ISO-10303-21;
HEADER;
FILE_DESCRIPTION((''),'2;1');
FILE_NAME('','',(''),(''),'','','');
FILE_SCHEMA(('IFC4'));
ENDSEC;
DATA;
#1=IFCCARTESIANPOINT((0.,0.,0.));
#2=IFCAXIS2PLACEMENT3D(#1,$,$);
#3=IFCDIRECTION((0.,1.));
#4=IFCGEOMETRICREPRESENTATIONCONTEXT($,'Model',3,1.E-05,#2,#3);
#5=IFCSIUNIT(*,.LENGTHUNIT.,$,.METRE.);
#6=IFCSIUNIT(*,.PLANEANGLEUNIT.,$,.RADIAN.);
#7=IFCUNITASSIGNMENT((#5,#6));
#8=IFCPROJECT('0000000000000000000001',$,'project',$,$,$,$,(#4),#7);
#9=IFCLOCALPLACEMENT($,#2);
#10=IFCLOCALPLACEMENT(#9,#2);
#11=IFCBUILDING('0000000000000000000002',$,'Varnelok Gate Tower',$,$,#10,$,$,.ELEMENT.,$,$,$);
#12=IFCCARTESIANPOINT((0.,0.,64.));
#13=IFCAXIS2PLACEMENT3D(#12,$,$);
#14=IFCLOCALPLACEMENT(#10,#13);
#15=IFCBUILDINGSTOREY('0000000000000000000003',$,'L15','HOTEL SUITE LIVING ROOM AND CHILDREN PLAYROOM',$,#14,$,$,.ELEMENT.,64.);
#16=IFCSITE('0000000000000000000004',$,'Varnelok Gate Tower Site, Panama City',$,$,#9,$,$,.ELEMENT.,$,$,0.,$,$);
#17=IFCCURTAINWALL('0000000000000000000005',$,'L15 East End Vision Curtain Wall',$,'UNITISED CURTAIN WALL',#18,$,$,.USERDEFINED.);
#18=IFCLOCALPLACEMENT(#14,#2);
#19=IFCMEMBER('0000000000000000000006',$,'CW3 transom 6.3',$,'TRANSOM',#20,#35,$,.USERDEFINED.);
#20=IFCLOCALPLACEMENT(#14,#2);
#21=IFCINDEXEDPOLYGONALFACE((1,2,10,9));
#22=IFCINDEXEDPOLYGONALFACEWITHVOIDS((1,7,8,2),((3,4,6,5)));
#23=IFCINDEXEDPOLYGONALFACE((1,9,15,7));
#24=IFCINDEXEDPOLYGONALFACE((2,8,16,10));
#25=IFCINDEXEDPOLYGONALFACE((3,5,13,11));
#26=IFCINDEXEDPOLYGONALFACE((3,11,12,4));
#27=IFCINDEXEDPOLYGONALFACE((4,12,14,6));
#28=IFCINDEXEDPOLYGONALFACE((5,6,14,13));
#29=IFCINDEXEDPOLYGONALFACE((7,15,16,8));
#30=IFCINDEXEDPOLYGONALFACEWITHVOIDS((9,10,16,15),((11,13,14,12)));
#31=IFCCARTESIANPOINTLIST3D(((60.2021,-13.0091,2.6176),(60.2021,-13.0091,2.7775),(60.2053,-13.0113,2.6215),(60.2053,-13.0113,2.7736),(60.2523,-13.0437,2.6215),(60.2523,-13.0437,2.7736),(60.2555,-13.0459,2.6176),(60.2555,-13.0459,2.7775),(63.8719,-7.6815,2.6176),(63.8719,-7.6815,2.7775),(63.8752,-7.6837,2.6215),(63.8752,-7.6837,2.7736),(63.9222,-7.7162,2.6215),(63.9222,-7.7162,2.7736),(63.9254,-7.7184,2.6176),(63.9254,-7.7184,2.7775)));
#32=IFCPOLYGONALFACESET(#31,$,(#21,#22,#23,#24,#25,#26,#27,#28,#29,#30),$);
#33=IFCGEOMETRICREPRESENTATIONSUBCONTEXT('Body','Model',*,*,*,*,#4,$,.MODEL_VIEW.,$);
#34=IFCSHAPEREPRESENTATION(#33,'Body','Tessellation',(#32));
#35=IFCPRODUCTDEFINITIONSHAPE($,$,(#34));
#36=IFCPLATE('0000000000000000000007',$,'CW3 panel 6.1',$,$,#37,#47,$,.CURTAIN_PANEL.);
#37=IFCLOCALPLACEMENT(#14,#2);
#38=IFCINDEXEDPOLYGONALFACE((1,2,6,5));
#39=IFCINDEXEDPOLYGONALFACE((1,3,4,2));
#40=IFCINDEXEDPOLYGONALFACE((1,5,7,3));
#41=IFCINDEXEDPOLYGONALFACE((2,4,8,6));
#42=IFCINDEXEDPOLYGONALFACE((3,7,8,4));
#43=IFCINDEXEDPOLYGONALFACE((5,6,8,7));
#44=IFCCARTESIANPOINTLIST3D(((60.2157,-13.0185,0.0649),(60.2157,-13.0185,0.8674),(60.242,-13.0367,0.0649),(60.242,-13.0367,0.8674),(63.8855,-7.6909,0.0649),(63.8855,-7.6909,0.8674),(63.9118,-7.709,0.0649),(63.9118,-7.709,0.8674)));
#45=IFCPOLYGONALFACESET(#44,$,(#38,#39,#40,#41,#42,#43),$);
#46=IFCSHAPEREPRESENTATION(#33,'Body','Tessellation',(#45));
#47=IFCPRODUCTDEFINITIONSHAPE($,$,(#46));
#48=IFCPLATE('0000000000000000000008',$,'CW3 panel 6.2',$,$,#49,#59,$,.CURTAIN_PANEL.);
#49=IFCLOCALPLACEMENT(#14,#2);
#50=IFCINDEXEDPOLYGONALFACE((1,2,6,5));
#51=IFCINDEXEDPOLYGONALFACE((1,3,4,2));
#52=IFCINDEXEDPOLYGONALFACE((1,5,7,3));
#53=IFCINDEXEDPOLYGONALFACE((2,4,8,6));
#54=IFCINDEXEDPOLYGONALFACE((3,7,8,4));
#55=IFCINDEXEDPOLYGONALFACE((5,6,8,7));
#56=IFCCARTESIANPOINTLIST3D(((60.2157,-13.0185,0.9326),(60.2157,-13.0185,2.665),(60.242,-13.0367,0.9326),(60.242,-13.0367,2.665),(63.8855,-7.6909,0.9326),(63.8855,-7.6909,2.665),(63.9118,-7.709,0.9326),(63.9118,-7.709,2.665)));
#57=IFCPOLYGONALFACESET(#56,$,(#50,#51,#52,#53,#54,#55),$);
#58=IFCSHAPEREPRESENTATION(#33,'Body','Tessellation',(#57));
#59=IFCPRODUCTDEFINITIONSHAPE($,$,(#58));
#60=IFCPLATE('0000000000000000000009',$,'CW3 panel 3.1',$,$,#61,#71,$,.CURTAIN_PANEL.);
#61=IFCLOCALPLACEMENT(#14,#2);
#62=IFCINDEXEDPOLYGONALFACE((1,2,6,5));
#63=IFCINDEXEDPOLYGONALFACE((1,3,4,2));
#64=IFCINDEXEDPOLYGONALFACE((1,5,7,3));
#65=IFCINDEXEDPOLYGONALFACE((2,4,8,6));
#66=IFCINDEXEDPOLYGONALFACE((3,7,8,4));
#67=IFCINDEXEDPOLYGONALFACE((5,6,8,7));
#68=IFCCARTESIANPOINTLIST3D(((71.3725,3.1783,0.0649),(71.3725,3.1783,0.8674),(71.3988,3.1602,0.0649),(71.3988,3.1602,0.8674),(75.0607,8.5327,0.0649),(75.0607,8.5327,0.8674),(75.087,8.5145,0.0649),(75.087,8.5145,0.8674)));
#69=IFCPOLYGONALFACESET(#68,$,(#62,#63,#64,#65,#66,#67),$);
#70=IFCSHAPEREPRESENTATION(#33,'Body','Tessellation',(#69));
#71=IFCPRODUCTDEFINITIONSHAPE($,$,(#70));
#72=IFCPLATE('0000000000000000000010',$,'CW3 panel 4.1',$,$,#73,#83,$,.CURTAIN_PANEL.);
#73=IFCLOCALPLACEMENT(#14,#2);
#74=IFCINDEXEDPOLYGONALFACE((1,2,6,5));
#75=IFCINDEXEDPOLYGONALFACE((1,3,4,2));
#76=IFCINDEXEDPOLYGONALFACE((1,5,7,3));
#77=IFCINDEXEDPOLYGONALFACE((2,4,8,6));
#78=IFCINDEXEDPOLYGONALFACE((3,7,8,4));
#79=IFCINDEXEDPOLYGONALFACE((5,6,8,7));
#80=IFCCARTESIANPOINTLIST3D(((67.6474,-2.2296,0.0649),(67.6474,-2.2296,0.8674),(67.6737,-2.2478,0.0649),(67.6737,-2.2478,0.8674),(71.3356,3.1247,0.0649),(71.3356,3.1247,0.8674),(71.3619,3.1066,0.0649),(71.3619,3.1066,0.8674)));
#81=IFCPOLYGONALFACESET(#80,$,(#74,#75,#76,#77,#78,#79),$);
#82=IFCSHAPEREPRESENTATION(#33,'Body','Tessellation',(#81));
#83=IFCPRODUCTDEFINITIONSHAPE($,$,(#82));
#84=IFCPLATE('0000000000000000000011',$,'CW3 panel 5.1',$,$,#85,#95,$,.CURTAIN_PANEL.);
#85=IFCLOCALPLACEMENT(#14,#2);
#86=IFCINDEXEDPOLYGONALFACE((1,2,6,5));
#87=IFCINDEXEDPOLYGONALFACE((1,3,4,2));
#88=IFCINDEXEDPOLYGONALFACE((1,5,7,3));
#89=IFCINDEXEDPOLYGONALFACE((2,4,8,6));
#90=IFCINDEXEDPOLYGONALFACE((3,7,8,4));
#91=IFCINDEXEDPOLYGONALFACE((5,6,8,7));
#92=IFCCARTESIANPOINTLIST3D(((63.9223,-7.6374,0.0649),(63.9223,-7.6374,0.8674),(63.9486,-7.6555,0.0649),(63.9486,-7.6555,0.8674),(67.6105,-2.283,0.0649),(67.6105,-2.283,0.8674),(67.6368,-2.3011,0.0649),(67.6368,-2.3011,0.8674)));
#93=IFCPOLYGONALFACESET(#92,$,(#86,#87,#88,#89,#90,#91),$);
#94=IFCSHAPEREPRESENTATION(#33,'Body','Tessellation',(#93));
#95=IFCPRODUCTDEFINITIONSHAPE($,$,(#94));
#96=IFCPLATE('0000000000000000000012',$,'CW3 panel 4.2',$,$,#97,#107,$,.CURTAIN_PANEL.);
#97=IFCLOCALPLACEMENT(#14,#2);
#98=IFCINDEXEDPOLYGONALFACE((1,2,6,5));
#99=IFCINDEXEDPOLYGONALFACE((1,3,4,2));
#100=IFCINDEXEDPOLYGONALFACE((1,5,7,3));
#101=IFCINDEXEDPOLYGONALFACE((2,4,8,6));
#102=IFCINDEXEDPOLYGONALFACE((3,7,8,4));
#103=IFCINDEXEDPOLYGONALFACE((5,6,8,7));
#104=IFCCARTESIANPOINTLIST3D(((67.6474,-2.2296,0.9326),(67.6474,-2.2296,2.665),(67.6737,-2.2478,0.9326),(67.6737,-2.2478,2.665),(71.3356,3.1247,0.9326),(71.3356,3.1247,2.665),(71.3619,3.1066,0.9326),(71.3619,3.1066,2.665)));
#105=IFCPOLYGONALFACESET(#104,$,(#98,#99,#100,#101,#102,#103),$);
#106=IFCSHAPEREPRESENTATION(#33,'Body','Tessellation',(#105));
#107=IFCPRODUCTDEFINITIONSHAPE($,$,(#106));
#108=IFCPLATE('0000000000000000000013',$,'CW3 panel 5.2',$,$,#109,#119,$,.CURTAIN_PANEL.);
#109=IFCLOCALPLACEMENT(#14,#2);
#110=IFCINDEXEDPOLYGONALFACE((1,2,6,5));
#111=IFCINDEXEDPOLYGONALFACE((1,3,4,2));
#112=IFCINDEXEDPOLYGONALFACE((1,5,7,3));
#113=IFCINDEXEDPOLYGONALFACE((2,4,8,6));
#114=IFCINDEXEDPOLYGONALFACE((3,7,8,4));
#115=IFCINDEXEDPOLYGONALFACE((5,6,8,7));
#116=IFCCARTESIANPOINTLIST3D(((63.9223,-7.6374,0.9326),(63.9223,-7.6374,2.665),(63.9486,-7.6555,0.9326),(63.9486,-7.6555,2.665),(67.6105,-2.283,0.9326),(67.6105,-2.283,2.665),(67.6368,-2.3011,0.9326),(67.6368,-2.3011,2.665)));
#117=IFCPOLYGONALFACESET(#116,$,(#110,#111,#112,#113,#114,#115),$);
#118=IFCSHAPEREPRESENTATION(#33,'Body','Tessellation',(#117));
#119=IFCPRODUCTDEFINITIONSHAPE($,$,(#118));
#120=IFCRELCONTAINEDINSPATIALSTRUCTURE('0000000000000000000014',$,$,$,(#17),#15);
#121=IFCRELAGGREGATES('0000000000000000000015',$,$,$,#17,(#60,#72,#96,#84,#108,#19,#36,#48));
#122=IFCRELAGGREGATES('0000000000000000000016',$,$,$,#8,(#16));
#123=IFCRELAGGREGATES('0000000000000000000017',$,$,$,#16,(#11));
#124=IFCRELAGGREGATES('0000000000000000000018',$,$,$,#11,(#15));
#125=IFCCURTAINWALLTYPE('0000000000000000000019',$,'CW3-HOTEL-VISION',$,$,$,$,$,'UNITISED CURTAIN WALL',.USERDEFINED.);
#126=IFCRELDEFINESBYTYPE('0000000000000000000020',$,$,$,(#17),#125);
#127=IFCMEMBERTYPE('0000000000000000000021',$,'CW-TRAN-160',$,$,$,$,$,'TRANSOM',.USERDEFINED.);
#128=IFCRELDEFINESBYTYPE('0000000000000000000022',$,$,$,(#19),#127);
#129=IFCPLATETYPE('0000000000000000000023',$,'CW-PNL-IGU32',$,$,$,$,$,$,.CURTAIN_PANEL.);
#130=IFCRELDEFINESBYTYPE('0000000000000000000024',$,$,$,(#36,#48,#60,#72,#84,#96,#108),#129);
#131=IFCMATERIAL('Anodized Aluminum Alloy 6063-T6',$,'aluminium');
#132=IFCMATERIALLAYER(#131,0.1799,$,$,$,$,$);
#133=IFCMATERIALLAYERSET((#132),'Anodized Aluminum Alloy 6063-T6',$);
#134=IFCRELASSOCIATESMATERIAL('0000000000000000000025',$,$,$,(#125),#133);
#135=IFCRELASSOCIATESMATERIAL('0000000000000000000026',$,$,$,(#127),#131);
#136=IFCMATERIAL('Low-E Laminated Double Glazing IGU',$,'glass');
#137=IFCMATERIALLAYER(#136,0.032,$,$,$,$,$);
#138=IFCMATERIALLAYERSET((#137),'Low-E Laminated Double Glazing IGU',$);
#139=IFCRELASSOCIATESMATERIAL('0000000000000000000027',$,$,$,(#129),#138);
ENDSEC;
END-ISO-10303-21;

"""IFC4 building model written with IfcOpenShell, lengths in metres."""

from ifc_helpers import new_model, si_unit, direction, frame, origin, origin_2d, place, context, subcontext, project, spatial, rectangle, hollow_rectangle, extrude, source, transform, mapped, material, layer, layer_set, material_profile, profile_set, type_object, element, aggregate, save


model = new_model("IFC4")

# Units and contexts
model_context = context("Model", 3, precision=1e-05, world=origin(), true_north=direction((0.0, 1.0)))
body_context = subcontext(model_context, "Body", "Model", "MODEL_VIEW")
ifc_project = project(units=[si_unit("LENGTHUNIT", "METRE"), si_unit("PLANEANGLEUNIT", "RADIAN")], contexts=[model_context])

# Site, building, storey
site_placement = place(None, origin())
site = spatial("IfcSite", under=ifc_project, at=site_placement, Name="Varnelok Gate Tower Site, Panama City", CompositionType="ELEMENT", RefElevation=0.0)
building_placement = place(site_placement, origin())
building = spatial("IfcBuilding", under=site, at=building_placement, Name="Varnelok Gate Tower", CompositionType="ELEMENT")
storey_placement = place(building_placement, frame((0.0, 0.0, 64.0)))
storey = spatial("IfcBuildingStorey", under=building, at=storey_placement, Name="L15", Description="HOTEL SUITE LIVING ROOM AND CHILDREN PLAYROOM", CompositionType="ELEMENT", Elevation=64.0)

# Curtain wall, member, plates
ifc_material_1 = material(Name="Anodized Aluminum Alloy 6063-T6", Category="aluminium")
ifc_layer_1 = layer(ifc_material_1, 0.1799)
ifc_layer_set_1 = layer_set([ifc_layer_1], Name="Anodized Aluminum Alloy 6063-T6")
curtain_wall_type = type_object("IfcCurtainWallType", Name="CW3-HOTEL-VISION", ElementType="UNITISED CURTAIN WALL", PredefinedType="USERDEFINED", material=ifc_layer_set_1)
curtain_wall_placement = place(storey_placement, origin())
curtain_wall = element("IfcCurtainWall", 1, at=curtain_wall_placement, inside=storey, type_object=curtain_wall_type, Name="L15 East End Vision Curtain Wall", ObjectType="UNITISED CURTAIN WALL", PredefinedType="USERDEFINED")
ifc_material_profile_1 = material_profile(ifc_material_1, hollow_rectangle(XDim=0.0649, YDim=0.1599, WallThickness=0.0039, at=origin_2d()), Name="ALU160X65X4")
ifc_profile_set_1 = profile_set([ifc_material_profile_1], Name="Anodized Aluminum Alloy 6063-T6")
member_type_1 = type_object("IfcMemberType", Name="CW-TRAN-160", ElementType="TRANSOM", PredefinedType="USERDEFINED", material=ifc_profile_set_1)
member_1_placement = place(storey_placement, frame((63.8987, -7.7, 2.6975), z_axis=(-0.567281, -0.823524, 0.0), x_axis=(0.823524, -0.567281, 0.0)))
member_1 = element("IfcMember", 2, at=member_1_placement, type_object=member_type_1, Name="CW3 transom 6.3", ObjectType="TRANSOM", PredefinedType="USERDEFINED", context=body_context, shape_type="SweptSolid", body=[
    extrude(hollow_rectangle(XDim=0.0649, YDim=0.1599, WallThickness=0.0039, at=origin_2d()), origin(), (0.0, 0.0, 1.0), 6.4692),
])
ifc_material_2 = material(Name="Low-E Laminated Double Glazing IGU", Category="glass")
ifc_layer_2 = layer(ifc_material_2, 0.032)
ifc_layer_set_2 = layer_set([ifc_layer_2], Name="Low-E Laminated Double Glazing IGU")
plate_type = type_object("IfcPlateType", Name="CW-PNL-IGU32", PredefinedType="CURTAIN_PANEL", material=ifc_layer_set_2)
shared_shape_1 = source(origin(), body_context, "Body", "SweptSolid", [
    extrude(rectangle(XDim=6.4692, YDim=0.032, at=origin_2d()), origin(), (0.0, 0.0, 1.0), 0.8025),
])
plate_1_placement = place(storey_placement, frame((62.0637, -10.3638, 0.0649), z_axis=(0.0, 0.0, 1.0), x_axis=(-0.567269, -0.823533, 0.0)))
plate_1 = element("IfcPlate", 3, at=plate_1_placement, type_object=plate_type, Name="CW3 panel 6.1", PredefinedType="CURTAIN_PANEL", context=body_context, shape_type="MappedRepresentation", body=[
    mapped(shared_shape_1, transform((0.0, 0.0, 0.0), scale=1.0)),
])
shared_shape_2 = source(origin(), body_context, "Body", "SweptSolid", [
    extrude(rectangle(XDim=6.4692, YDim=0.032, at=origin_2d()), origin(), (0.0, 0.0, 1.0), 1.7324),
])
plate_2_placement = place(storey_placement, frame((62.0637, -10.3638, 0.9326), z_axis=(0.0, 0.0, 1.0), x_axis=(-0.567269, -0.823533, 0.0)))
plate_2 = element("IfcPlate", 4, at=plate_2_placement, type_object=plate_type, Name="CW3 panel 6.2", PredefinedType="CURTAIN_PANEL", context=body_context, shape_type="MappedRepresentation", body=[
    mapped(shared_shape_2, transform((0.0, 0.0, 0.0), scale=1.0)),
])
shared_shape_3 = source(origin(), body_context, "Body", "SweptSolid", [
    extrude(rectangle(XDim=6.5017, YDim=0.032, at=origin_2d()), origin(), (0.0, 0.0, 1.0), 0.8025),
])
plate_3_placement = place(storey_placement, frame((73.2297, 5.8464, 0.0649), z_axis=(0.0, 0.0, 1.0), x_axis=(-0.567269, -0.823533, 0.0)))
plate_3 = element("IfcPlate", 5, at=plate_3_placement, type_object=plate_type, Name="CW3 panel 3.1", PredefinedType="CURTAIN_PANEL", context=body_context, shape_type="MappedRepresentation", body=[
    mapped(shared_shape_3, transform((0.0, 0.0, 0.0), scale=1.0)),
])
plate_4_placement = place(storey_placement, frame((69.5046, 0.4385, 0.0649), z_axis=(0.0, 0.0, 1.0), x_axis=(-0.567269, -0.823533, 0.0)))
plate_4 = element("IfcPlate", 6, at=plate_4_placement, type_object=plate_type, Name="CW3 panel 4.1", PredefinedType="CURTAIN_PANEL", context=body_context, shape_type="MappedRepresentation", body=[
    mapped(shared_shape_3, transform((0.0, 0.0, 0.0), scale=1.0)),
])
plate_5_placement = place(storey_placement, frame((65.7795, -4.9692, 0.0649), z_axis=(0.0, 0.0, 1.0), x_axis=(-0.567269, -0.823533, 0.0)))
plate_5 = element("IfcPlate", 7, at=plate_5_placement, type_object=plate_type, Name="CW3 panel 5.1", PredefinedType="CURTAIN_PANEL", context=body_context, shape_type="MappedRepresentation", body=[
    mapped(shared_shape_3, transform((0.0, 0.0, 0.0), scale=1.0)),
])
shared_shape_4 = source(origin(), body_context, "Body", "SweptSolid", [
    extrude(rectangle(XDim=6.5017, YDim=0.032, at=origin_2d()), origin(), (0.0, 0.0, 1.0), 1.7324),
])
plate_6_placement = place(storey_placement, frame((69.5046, 0.4385, 0.9326), z_axis=(0.0, 0.0, 1.0), x_axis=(-0.567269, -0.823533, 0.0)))
plate_6 = element("IfcPlate", 8, at=plate_6_placement, type_object=plate_type, Name="CW3 panel 4.2", PredefinedType="CURTAIN_PANEL", context=body_context, shape_type="MappedRepresentation", body=[
    mapped(shared_shape_4, transform((0.0, 0.0, 0.0), scale=1.0)),
])
plate_7_placement = place(storey_placement, frame((65.7795, -4.9692, 0.9326), z_axis=(0.0, 0.0, 1.0), x_axis=(-0.567269, -0.823533, 0.0)))
plate_7 = element("IfcPlate", 9, at=plate_7_placement, type_object=plate_type, Name="CW3 panel 5.2", PredefinedType="CURTAIN_PANEL", context=body_context, shape_type="MappedRepresentation", body=[
    mapped(shared_shape_4, transform((0.0, 0.0, 0.0), scale=1.0)),
])
aggregate(curtain_wall, [plate_3, plate_4, plate_6, plate_5, plate_7, member_1, plate_1, plate_2])

save(model, "model.ifc")
